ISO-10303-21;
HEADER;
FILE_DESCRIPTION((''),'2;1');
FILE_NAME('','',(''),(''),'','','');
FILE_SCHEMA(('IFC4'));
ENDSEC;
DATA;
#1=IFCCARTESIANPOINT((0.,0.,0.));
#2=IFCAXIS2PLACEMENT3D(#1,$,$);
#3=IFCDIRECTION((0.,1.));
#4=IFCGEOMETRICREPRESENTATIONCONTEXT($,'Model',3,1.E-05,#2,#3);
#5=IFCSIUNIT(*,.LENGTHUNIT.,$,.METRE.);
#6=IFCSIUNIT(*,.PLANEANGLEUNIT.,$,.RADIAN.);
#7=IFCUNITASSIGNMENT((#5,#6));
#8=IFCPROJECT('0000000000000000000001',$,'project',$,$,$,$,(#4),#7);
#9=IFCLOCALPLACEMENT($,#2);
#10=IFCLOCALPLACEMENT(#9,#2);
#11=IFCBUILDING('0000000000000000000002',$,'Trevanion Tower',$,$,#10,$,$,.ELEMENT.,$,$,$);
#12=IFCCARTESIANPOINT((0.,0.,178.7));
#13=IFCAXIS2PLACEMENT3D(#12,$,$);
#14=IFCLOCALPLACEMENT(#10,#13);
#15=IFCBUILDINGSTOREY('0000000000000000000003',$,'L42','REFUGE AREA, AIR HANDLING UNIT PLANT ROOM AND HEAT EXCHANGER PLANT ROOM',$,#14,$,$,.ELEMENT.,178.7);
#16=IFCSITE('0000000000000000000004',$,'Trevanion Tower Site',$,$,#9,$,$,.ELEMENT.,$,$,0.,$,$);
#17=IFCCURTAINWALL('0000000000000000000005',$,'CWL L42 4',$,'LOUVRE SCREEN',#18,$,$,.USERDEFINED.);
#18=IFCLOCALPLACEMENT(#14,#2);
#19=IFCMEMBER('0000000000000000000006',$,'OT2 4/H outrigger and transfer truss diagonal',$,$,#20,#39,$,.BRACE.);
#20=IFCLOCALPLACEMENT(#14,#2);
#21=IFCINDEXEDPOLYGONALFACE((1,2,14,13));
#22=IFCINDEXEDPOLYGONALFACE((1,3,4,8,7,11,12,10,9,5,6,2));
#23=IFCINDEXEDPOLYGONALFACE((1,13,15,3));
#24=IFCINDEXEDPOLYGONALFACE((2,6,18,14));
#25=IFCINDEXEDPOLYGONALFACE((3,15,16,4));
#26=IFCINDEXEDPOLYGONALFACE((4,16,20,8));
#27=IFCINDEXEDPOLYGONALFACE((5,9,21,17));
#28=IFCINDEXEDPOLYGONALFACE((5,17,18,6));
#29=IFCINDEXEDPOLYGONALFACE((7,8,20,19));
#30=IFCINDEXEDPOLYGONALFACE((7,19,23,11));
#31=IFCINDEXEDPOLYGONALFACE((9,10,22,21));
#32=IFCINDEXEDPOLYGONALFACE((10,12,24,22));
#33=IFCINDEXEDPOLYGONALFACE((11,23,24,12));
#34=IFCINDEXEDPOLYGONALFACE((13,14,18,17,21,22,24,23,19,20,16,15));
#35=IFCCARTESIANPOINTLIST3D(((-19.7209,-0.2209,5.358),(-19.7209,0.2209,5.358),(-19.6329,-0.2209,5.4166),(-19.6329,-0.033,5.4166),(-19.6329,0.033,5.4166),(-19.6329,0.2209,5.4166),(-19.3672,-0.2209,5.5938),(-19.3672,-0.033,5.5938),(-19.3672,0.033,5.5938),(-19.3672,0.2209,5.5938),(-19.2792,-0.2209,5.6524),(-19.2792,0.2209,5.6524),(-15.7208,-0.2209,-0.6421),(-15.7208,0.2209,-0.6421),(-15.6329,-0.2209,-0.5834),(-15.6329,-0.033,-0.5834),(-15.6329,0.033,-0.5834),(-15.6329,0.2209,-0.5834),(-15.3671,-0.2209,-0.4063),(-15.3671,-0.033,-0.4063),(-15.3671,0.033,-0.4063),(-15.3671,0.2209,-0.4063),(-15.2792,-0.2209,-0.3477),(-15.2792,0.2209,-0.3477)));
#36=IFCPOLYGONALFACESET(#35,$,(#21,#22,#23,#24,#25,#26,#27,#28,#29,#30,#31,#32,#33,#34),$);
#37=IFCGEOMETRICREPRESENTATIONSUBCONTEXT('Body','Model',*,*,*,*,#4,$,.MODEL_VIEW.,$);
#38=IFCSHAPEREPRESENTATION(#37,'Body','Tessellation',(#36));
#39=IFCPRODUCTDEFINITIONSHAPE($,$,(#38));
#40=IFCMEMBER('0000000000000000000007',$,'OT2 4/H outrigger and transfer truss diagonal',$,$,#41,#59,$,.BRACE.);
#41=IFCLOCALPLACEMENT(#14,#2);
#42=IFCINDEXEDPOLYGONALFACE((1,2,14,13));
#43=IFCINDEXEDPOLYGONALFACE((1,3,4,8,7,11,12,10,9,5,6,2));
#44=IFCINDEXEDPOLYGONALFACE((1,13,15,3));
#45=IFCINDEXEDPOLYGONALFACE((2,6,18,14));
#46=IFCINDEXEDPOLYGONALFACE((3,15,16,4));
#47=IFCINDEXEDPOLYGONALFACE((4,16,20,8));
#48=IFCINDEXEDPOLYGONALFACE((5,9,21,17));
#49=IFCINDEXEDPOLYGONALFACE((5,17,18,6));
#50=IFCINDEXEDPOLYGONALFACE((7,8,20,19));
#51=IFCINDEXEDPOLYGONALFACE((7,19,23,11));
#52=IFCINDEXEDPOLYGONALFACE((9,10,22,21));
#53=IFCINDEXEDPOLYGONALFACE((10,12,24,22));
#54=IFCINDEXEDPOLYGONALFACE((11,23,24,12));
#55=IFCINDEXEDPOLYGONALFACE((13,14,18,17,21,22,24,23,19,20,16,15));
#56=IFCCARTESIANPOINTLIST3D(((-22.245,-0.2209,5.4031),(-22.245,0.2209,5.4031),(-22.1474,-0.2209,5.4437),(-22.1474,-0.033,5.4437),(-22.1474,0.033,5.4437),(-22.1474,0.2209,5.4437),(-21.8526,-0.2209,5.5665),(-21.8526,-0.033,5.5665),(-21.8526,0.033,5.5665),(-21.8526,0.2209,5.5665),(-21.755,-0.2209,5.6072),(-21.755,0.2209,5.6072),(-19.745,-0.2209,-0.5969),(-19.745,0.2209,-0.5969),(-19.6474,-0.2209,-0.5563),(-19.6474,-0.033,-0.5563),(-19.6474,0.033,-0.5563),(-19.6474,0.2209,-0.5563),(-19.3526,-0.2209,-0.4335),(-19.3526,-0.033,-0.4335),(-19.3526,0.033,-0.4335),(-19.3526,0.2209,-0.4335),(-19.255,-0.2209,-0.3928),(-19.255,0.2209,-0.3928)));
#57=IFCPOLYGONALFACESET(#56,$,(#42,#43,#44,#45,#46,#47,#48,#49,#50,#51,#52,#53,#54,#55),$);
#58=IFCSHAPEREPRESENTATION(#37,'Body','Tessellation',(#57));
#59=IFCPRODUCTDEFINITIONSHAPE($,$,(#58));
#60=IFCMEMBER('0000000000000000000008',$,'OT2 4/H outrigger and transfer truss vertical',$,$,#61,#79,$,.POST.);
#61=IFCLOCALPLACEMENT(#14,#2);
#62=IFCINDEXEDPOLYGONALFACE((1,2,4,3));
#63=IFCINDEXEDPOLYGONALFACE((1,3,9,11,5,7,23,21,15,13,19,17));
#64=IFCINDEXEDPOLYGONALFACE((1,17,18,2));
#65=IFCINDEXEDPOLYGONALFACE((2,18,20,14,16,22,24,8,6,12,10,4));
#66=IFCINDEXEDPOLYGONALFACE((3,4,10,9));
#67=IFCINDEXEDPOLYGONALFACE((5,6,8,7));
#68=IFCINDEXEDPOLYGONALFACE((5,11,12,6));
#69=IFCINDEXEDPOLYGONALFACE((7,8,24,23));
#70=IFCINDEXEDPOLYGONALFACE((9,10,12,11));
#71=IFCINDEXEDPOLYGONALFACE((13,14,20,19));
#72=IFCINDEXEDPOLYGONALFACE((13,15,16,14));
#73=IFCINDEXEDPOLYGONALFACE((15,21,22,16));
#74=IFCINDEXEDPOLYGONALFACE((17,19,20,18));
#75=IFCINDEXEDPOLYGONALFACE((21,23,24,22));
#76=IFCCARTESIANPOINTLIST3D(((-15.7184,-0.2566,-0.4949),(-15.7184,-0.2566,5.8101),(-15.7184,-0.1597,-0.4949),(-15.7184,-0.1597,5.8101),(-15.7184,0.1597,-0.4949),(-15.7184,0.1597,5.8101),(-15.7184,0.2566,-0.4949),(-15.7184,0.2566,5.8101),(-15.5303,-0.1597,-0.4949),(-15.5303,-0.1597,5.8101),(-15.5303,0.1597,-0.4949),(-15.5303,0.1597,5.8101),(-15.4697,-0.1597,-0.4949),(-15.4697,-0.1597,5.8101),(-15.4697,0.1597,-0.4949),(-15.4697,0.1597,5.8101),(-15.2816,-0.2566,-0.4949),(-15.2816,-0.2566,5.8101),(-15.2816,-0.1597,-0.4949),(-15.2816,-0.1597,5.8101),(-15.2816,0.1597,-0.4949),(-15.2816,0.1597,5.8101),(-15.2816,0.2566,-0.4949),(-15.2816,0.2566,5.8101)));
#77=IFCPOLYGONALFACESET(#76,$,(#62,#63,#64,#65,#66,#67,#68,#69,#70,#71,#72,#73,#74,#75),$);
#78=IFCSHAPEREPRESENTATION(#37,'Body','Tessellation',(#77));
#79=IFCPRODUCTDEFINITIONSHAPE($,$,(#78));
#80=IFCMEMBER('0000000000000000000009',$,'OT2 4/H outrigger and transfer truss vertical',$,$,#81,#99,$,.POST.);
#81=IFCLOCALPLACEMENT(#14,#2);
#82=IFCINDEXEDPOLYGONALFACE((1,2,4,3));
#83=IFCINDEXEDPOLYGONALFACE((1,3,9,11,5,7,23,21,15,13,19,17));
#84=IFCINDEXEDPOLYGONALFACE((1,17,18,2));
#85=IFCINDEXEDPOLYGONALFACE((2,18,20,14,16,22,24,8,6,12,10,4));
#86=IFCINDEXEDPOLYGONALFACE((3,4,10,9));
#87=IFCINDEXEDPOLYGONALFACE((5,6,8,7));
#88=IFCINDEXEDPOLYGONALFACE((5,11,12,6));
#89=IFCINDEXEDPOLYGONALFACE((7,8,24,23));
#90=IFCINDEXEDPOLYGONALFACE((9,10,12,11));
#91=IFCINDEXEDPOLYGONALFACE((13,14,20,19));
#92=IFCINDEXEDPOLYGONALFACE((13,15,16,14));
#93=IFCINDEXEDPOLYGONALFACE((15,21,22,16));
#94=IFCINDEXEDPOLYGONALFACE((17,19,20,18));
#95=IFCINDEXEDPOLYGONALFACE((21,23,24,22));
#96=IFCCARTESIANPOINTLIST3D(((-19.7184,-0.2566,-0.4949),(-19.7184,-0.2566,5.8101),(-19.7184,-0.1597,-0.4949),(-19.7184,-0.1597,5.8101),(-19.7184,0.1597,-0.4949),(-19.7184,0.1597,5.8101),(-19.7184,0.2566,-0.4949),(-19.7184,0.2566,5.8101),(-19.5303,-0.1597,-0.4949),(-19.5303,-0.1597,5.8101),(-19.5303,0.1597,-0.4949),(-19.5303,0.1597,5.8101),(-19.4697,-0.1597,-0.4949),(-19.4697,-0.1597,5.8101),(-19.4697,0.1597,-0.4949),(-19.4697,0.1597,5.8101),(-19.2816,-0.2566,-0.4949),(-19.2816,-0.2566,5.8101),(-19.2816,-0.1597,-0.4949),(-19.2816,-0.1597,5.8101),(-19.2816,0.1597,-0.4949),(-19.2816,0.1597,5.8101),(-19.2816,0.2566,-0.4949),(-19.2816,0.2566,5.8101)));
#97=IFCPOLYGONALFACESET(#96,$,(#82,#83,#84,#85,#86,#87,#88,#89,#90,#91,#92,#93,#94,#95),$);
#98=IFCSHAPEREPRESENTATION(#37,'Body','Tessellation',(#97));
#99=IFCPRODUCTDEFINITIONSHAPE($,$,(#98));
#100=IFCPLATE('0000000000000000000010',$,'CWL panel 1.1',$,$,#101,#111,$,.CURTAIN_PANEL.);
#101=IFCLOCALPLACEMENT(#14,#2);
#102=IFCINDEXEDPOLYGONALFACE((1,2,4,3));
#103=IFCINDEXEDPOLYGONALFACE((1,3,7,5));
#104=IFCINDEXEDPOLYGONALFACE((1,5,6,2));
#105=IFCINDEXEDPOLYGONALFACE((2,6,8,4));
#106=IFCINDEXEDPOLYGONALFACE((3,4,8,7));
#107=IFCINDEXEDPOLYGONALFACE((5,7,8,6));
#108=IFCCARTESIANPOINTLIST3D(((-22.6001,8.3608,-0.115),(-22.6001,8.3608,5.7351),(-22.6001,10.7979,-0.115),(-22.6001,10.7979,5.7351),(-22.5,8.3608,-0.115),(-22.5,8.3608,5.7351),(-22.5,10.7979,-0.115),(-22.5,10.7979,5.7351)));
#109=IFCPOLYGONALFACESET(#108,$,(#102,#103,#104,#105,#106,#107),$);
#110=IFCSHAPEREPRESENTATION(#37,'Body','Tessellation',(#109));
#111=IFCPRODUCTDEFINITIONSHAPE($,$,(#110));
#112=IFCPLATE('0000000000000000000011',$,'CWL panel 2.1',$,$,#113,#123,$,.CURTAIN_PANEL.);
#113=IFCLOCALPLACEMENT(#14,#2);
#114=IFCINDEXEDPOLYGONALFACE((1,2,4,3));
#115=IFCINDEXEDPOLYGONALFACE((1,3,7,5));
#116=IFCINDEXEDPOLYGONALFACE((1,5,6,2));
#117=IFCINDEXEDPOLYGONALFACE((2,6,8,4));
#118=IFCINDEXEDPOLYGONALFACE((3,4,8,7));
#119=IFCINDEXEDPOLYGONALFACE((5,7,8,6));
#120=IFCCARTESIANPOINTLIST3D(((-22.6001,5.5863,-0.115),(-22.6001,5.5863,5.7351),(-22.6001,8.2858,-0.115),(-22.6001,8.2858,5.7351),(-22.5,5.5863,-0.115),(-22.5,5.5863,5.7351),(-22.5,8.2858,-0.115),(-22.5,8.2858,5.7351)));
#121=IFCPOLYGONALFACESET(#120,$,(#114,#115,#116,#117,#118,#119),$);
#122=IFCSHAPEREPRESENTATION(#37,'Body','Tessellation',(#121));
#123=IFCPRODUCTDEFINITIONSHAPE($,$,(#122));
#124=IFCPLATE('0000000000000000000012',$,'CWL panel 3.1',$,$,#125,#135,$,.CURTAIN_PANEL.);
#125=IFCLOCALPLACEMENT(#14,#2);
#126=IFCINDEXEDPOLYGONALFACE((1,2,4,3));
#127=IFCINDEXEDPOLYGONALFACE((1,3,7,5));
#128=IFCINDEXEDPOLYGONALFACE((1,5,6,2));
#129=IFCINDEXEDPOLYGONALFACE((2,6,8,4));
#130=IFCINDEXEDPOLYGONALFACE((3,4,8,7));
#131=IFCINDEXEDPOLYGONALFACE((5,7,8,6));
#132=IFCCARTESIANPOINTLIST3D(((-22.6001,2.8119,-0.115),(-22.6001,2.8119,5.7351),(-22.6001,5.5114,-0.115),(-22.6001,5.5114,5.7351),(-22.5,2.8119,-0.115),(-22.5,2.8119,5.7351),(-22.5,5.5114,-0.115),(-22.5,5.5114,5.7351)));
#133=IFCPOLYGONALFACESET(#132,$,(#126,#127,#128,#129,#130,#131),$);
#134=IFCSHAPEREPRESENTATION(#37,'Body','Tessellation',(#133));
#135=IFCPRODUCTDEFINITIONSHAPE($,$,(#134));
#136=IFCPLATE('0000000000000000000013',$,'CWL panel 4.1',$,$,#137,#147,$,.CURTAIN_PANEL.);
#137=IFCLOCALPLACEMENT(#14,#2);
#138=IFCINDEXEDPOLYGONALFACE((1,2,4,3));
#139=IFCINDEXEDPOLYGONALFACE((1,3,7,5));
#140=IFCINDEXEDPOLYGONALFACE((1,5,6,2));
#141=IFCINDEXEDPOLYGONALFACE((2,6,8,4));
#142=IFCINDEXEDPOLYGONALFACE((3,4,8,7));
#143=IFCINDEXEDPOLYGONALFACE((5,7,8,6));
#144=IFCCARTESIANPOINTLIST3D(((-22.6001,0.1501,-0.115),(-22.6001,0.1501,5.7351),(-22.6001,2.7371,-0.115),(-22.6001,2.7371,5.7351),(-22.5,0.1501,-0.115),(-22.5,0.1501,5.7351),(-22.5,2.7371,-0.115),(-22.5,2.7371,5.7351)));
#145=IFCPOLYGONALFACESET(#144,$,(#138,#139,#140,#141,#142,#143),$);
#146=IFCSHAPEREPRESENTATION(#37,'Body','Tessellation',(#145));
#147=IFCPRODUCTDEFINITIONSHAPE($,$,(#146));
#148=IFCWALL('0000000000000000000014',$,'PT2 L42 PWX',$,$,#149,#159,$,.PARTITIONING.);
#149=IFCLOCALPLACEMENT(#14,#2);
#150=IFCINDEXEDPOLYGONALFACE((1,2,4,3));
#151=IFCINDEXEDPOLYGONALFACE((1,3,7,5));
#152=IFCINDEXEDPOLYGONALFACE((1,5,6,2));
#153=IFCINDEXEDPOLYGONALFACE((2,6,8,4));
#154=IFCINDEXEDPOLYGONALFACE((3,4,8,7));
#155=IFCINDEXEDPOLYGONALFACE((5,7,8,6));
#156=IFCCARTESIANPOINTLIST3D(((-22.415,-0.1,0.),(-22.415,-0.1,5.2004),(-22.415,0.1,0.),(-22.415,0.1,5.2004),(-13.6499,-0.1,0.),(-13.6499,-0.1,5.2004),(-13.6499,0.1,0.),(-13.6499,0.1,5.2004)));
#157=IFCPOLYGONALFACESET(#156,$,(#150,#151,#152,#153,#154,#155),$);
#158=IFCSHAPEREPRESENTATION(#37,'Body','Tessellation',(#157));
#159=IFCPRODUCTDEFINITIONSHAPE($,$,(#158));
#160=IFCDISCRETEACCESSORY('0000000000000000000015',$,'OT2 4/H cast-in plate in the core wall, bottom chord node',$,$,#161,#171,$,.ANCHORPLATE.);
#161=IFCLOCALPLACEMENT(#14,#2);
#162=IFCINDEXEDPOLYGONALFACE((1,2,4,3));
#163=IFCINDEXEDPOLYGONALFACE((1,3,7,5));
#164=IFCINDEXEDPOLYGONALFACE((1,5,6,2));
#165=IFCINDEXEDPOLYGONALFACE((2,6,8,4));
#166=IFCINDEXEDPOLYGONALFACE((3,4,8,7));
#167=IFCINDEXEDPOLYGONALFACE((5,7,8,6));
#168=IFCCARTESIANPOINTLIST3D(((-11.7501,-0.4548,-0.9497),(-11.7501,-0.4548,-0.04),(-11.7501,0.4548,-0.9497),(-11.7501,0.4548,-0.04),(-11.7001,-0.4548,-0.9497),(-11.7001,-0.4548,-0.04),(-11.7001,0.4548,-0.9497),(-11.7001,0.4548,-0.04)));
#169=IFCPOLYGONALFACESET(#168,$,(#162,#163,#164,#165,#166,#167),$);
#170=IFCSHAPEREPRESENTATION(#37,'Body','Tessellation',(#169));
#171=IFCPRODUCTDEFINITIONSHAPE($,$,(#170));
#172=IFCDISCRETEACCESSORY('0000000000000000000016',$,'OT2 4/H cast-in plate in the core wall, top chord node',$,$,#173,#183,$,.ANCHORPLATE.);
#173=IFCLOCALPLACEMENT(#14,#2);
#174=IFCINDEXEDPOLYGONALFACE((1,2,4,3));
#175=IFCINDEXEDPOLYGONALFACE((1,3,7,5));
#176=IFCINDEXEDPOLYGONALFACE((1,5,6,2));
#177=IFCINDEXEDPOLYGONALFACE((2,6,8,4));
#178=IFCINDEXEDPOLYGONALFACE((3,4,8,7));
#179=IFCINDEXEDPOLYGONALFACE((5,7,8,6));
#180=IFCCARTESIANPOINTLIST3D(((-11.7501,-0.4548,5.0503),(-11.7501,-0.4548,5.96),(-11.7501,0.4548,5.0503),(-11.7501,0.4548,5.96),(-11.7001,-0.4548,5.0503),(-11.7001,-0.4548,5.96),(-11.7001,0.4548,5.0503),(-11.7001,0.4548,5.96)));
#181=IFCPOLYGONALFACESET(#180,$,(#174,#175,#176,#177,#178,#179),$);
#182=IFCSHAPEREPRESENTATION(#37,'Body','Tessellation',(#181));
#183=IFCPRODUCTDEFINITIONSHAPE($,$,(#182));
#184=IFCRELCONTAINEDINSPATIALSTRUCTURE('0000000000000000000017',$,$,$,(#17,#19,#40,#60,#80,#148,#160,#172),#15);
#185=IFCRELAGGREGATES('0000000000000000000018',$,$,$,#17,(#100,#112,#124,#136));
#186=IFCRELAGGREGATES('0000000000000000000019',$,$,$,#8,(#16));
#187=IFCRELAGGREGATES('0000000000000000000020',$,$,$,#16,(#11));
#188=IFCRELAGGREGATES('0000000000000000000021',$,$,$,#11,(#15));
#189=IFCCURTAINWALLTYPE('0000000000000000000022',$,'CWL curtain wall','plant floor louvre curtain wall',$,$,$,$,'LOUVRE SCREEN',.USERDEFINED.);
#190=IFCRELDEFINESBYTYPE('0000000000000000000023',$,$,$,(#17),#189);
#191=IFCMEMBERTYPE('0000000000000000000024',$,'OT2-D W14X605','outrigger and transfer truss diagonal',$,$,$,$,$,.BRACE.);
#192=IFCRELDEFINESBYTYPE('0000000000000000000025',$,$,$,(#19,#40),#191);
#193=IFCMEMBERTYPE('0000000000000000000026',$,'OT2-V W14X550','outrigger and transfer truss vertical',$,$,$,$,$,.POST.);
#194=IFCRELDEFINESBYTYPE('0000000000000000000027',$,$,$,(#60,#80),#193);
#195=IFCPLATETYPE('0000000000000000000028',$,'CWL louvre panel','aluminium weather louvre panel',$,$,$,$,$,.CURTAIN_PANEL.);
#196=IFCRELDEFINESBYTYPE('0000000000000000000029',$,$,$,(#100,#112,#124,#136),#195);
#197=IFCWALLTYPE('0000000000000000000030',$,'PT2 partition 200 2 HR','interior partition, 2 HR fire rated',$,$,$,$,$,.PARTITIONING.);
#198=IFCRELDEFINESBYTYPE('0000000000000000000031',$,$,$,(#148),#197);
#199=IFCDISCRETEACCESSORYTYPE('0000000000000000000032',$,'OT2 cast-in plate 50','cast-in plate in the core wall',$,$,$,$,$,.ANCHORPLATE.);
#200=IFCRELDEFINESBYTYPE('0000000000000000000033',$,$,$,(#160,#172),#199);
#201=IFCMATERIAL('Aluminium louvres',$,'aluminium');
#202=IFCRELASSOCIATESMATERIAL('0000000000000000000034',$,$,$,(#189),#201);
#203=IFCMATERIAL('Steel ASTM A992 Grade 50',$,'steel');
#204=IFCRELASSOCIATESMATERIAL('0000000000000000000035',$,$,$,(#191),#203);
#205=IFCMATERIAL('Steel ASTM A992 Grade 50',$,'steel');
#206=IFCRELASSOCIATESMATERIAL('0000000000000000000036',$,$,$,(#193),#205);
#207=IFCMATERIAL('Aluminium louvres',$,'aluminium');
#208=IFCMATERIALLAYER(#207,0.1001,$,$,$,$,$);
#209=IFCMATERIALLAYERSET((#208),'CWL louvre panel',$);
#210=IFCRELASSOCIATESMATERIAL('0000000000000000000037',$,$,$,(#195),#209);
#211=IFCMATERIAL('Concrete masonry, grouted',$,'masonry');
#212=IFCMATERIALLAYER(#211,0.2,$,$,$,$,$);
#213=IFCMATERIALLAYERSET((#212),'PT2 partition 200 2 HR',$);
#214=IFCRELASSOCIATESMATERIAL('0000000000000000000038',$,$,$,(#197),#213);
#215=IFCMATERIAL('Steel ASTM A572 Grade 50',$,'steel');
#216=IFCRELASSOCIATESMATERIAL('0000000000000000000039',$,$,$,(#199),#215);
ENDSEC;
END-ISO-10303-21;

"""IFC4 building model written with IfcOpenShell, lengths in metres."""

from ifc_helpers import new_model, si_unit, direction, frame, frame_2d, origin, origin_2d, place, context, subcontext, project, spatial, rectangle, i_section, extrude, material, layer, layer_set, material_profile, profile_set, type_object, element, aggregate, save


model = new_model("IFC4")

# Units and contexts
model_context = context("Model", 3, precision=1e-05, world=origin(), true_north=direction((0.0, 1.0)))
body_context = subcontext(model_context, "Body", "Model", "MODEL_VIEW")
ifc_project = project(units=[si_unit("LENGTHUNIT", "METRE"), si_unit("PLANEANGLEUNIT", "RADIAN")], contexts=[model_context])

# Site, building, storey
site_placement = place(None, origin())
site = spatial("IfcSite", under=ifc_project, at=site_placement, Name="Trevanion Tower Site", CompositionType="ELEMENT", RefElevation=0.0)
building_placement = place(site_placement, origin())
building = spatial("IfcBuilding", under=site, at=building_placement, Name="Trevanion Tower", CompositionType="ELEMENT")
storey_placement = place(building_placement, frame((0.0, 0.0, 178.7)))
storey = spatial("IfcBuildingStorey", under=building, at=storey_placement, Name="L42", Description="REFUGE AREA, AIR HANDLING UNIT PLANT ROOM AND HEAT EXCHANGER PLANT ROOM", CompositionType="ELEMENT", Elevation=178.7)

# Curtain wall
ifc_material_1 = material(Name="Aluminium louvres", Category="aluminium")
curtain_wall_type = type_object("IfcCurtainWallType", Name="CWL curtain wall", Description="plant floor louvre curtain wall", ElementType="LOUVRE SCREEN", PredefinedType="USERDEFINED", material=ifc_material_1)
curtain_wall_placement = place(storey_placement, origin())
curtain_wall = element("IfcCurtainWall", 1, at=curtain_wall_placement, inside=storey, type_object=curtain_wall_type, Name="CWL L42 4", ObjectType="LOUVRE SCREEN", PredefinedType="USERDEFINED")

# Members
ifc_material_2 = material(Name="Steel ASTM A992 Grade 50", Category="steel")
ifc_material_profile_1 = material_profile(ifc_material_2, i_section(OverallWidth=0.4419, OverallDepth=0.5308, WebThickness=0.0659, FlangeThickness=0.1057, at=origin_2d()), Name="W14X605")
ifc_profile_set_1 = profile_set([ifc_material_profile_1], Name="Steel ASTM A992 Grade 50")
member_type_1 = type_object("IfcMemberType", Name="OT2-D W14X605", Description="outrigger and transfer truss diagonal", PredefinedType="BRACE", material=ifc_profile_set_1)
member_1_placement = place(storey_placement, frame((-15.5, 0.0, -0.4949), z_axis=(-0.5547, 0.0, 0.83205), x_axis=(0.0, -1.0, 0.0)))
element("IfcMember", 2, at=member_1_placement, inside=storey, type_object=member_type_1, Name="OT2 4/H outrigger and transfer truss diagonal", PredefinedType="BRACE", context=body_context, shape_type="SweptSolid", body=[
    extrude(i_section(OverallWidth=0.4419, OverallDepth=0.5308, WebThickness=0.0659, FlangeThickness=0.1057, at=origin_2d()), origin(), (0.0, 0.0, 1.0), 7.2112),
])
member_2_placement = place(storey_placement, frame((-19.5, 0.0, -0.4949), z_axis=(-0.384615, 0.0, 0.923077), x_axis=(0.0, -1.0, 0.0)))
element("IfcMember", 3, at=member_2_placement, inside=storey, type_object=member_type_1, Name="OT2 4/H outrigger and transfer truss diagonal", PredefinedType="BRACE", context=body_context, shape_type="SweptSolid", body=[
    extrude(i_section(OverallWidth=0.4419, OverallDepth=0.5308, WebThickness=0.0659, FlangeThickness=0.1057, at=origin_2d()), origin(), (0.0, 0.0, 1.0), 6.5),
])
ifc_material_3 = material(Name="Steel ASTM A992 Grade 50", Category="steel")
ifc_material_profile_2 = material_profile(ifc_material_3, i_section(OverallWidth=0.4368, OverallDepth=0.5132, WebThickness=0.0605, FlangeThickness=0.0969, at=origin_2d()), Name="W14X550")
ifc_profile_set_2 = profile_set([ifc_material_profile_2], Name="Steel ASTM A992 Grade 50")
member_type_2 = type_object("IfcMemberType", Name="OT2-V W14X550", Description="outrigger and transfer truss vertical", PredefinedType="POST", material=ifc_profile_set_2)
for number, where, z_axis, x_axis, name in (
    (4, (-15.5, 0.0, -0.4949), (0.0, 0.0, 1.0), (1.0, 0.0, 0.0), "OT2 4/H outrigger and transfer truss vertical"),
    (5, (-19.5, 0.0, -0.4949), (0.0, 0.0, 1.0), (1.0, 0.0, 0.0), "OT2 4/H outrigger and transfer truss vertical"),
):
    element("IfcMember", number, at=place(storey_placement, frame(where, z_axis=z_axis, x_axis=x_axis)), inside=storey, type_object=member_type_2, Name=name, PredefinedType="POST", context=body_context, shape_type="SweptSolid", body=[
        extrude(i_section(OverallWidth=0.4368, OverallDepth=0.5132, WebThickness=0.0605, FlangeThickness=0.0969, at=origin_2d()), origin(), (0.0, 0.0, 1.0), 6.3049),
    ])

# Plates
ifc_material_4 = material(Name="Aluminium louvres", Category="aluminium")
ifc_layer_1 = layer(ifc_material_4, 0.1001)
ifc_layer_set_1 = layer_set([ifc_layer_1], Name="CWL louvre panel")
plate_type = type_object("IfcPlateType", Name="CWL louvre panel", Description="aluminium weather louvre panel", PredefinedType="CURTAIN_PANEL", material=ifc_layer_set_1)
plate_1_placement = place(storey_placement, frame((-22.55, 9.5793, -0.115), z_axis=(0.0, 0.0, 1.0), x_axis=(0.0, -1.0, 0.0)))
plate_1 = element("IfcPlate", 6, at=plate_1_placement, type_object=plate_type, Name="CWL panel 1.1", PredefinedType="CURTAIN_PANEL", context=body_context, shape_type="SweptSolid", body=[
    extrude(rectangle(XDim=2.437, YDim=0.1001, at=origin_2d()), origin(), (0.0, 0.0, 1.0), 5.8501),
])
plate_2_placement = place(storey_placement, frame((-22.55, 6.936, -0.115), z_axis=(0.0, 0.0, 1.0), x_axis=(0.0, -1.0, 0.0)))
plate_2 = element("IfcPlate", 7, at=plate_2_placement, type_object=plate_type, Name="CWL panel 2.1", PredefinedType="CURTAIN_PANEL", context=body_context, shape_type="SweptSolid", body=[
    extrude(rectangle(XDim=2.6995, YDim=0.1001, at=origin_2d()), origin(), (0.0, 0.0, 1.0), 5.8501),
])
plate_3_placement = place(storey_placement, frame((-22.55, 4.1616, -0.115), z_axis=(0.0, 0.0, 1.0), x_axis=(0.0, -1.0, 0.0)))
plate_3 = element("IfcPlate", 8, at=plate_3_placement, type_object=plate_type, Name="CWL panel 3.1", PredefinedType="CURTAIN_PANEL", context=body_context, shape_type="SweptSolid", body=[
    extrude(rectangle(XDim=2.6995, YDim=0.1001, at=origin_2d()), origin(), (0.0, 0.0, 1.0), 5.8501),
])
plate_4_placement = place(storey_placement, frame((-22.55, 1.4436, -0.115), z_axis=(0.0, 0.0, 1.0), x_axis=(0.0, -1.0, 0.0)))
plate_4 = element("IfcPlate", 9, at=plate_4_placement, type_object=plate_type, Name="CWL panel 4.1", PredefinedType="CURTAIN_PANEL", context=body_context, shape_type="SweptSolid", body=[
    extrude(rectangle(XDim=2.5869, YDim=0.1001, at=origin_2d()), origin(), (0.0, 0.0, 1.0), 5.8501),
])
aggregate(curtain_wall, [plate_1, plate_2, plate_3, plate_4])

# Wall
ifc_material_5 = material(Name="Concrete masonry, grouted", Category="masonry")
ifc_layer_2 = layer(ifc_material_5, 0.2)
ifc_layer_set_2 = layer_set([ifc_layer_2], Name="PT2 partition 200 2 HR")
wall_type = type_object("IfcWallType", Name="PT2 partition 200 2 HR", Description="interior partition, 2 HR fire rated", PredefinedType="PARTITIONING", material=ifc_layer_set_2)
wall_placement = place(storey_placement, frame((-13.6499, 0.0, 0.0), z_axis=(0.0, 0.0, 1.0), x_axis=(-1.0, 0.0, 0.0)))
element("IfcWall", 10, at=wall_placement, inside=storey, type_object=wall_type, Name="PT2 L42 PWX", PredefinedType="PARTITIONING", context=body_context, shape_type="SweptSolid", body=[
    extrude(rectangle(XDim=8.7651, YDim=0.2, at=frame_2d((4.3826, 0.0))), origin(), (0.0, 0.0, 1.0), 5.2004),
])

# Discrete accessories
ifc_material_6 = material(Name="Steel ASTM A572 Grade 50", Category="steel")
discrete_accessory_type = type_object("IfcDiscreteAccessoryType", Name="OT2 cast-in plate 50", Description="cast-in plate in the core wall", PredefinedType="ANCHORPLATE", material=ifc_material_6)
for number, where, z_axis, x_axis, name in (
    (11, (-11.7251, 0.0, -0.9497), (0.0, 0.0, 1.0), (-1.0, 0.0, 0.0), "OT2 4/H cast-in plate in the core wall, bottom chord node"),
    (12, (-11.7251, 0.0, 5.0503), (0.0, 0.0, 1.0), (-1.0, 0.0, 0.0), "OT2 4/H cast-in plate in the core wall, top chord node"),
):
    element("IfcDiscreteAccessory", number, at=place(storey_placement, frame(where, z_axis=z_axis, x_axis=x_axis)), inside=storey, type_object=discrete_accessory_type, Name=name, PredefinedType="ANCHORPLATE", context=body_context, shape_type="SweptSolid", body=[
        extrude(rectangle(XDim=0.05, YDim=0.9097, at=origin_2d()), origin(), (0.0, 0.0, 1.0), 0.9097),
    ])

save(model, "model.ifc")
